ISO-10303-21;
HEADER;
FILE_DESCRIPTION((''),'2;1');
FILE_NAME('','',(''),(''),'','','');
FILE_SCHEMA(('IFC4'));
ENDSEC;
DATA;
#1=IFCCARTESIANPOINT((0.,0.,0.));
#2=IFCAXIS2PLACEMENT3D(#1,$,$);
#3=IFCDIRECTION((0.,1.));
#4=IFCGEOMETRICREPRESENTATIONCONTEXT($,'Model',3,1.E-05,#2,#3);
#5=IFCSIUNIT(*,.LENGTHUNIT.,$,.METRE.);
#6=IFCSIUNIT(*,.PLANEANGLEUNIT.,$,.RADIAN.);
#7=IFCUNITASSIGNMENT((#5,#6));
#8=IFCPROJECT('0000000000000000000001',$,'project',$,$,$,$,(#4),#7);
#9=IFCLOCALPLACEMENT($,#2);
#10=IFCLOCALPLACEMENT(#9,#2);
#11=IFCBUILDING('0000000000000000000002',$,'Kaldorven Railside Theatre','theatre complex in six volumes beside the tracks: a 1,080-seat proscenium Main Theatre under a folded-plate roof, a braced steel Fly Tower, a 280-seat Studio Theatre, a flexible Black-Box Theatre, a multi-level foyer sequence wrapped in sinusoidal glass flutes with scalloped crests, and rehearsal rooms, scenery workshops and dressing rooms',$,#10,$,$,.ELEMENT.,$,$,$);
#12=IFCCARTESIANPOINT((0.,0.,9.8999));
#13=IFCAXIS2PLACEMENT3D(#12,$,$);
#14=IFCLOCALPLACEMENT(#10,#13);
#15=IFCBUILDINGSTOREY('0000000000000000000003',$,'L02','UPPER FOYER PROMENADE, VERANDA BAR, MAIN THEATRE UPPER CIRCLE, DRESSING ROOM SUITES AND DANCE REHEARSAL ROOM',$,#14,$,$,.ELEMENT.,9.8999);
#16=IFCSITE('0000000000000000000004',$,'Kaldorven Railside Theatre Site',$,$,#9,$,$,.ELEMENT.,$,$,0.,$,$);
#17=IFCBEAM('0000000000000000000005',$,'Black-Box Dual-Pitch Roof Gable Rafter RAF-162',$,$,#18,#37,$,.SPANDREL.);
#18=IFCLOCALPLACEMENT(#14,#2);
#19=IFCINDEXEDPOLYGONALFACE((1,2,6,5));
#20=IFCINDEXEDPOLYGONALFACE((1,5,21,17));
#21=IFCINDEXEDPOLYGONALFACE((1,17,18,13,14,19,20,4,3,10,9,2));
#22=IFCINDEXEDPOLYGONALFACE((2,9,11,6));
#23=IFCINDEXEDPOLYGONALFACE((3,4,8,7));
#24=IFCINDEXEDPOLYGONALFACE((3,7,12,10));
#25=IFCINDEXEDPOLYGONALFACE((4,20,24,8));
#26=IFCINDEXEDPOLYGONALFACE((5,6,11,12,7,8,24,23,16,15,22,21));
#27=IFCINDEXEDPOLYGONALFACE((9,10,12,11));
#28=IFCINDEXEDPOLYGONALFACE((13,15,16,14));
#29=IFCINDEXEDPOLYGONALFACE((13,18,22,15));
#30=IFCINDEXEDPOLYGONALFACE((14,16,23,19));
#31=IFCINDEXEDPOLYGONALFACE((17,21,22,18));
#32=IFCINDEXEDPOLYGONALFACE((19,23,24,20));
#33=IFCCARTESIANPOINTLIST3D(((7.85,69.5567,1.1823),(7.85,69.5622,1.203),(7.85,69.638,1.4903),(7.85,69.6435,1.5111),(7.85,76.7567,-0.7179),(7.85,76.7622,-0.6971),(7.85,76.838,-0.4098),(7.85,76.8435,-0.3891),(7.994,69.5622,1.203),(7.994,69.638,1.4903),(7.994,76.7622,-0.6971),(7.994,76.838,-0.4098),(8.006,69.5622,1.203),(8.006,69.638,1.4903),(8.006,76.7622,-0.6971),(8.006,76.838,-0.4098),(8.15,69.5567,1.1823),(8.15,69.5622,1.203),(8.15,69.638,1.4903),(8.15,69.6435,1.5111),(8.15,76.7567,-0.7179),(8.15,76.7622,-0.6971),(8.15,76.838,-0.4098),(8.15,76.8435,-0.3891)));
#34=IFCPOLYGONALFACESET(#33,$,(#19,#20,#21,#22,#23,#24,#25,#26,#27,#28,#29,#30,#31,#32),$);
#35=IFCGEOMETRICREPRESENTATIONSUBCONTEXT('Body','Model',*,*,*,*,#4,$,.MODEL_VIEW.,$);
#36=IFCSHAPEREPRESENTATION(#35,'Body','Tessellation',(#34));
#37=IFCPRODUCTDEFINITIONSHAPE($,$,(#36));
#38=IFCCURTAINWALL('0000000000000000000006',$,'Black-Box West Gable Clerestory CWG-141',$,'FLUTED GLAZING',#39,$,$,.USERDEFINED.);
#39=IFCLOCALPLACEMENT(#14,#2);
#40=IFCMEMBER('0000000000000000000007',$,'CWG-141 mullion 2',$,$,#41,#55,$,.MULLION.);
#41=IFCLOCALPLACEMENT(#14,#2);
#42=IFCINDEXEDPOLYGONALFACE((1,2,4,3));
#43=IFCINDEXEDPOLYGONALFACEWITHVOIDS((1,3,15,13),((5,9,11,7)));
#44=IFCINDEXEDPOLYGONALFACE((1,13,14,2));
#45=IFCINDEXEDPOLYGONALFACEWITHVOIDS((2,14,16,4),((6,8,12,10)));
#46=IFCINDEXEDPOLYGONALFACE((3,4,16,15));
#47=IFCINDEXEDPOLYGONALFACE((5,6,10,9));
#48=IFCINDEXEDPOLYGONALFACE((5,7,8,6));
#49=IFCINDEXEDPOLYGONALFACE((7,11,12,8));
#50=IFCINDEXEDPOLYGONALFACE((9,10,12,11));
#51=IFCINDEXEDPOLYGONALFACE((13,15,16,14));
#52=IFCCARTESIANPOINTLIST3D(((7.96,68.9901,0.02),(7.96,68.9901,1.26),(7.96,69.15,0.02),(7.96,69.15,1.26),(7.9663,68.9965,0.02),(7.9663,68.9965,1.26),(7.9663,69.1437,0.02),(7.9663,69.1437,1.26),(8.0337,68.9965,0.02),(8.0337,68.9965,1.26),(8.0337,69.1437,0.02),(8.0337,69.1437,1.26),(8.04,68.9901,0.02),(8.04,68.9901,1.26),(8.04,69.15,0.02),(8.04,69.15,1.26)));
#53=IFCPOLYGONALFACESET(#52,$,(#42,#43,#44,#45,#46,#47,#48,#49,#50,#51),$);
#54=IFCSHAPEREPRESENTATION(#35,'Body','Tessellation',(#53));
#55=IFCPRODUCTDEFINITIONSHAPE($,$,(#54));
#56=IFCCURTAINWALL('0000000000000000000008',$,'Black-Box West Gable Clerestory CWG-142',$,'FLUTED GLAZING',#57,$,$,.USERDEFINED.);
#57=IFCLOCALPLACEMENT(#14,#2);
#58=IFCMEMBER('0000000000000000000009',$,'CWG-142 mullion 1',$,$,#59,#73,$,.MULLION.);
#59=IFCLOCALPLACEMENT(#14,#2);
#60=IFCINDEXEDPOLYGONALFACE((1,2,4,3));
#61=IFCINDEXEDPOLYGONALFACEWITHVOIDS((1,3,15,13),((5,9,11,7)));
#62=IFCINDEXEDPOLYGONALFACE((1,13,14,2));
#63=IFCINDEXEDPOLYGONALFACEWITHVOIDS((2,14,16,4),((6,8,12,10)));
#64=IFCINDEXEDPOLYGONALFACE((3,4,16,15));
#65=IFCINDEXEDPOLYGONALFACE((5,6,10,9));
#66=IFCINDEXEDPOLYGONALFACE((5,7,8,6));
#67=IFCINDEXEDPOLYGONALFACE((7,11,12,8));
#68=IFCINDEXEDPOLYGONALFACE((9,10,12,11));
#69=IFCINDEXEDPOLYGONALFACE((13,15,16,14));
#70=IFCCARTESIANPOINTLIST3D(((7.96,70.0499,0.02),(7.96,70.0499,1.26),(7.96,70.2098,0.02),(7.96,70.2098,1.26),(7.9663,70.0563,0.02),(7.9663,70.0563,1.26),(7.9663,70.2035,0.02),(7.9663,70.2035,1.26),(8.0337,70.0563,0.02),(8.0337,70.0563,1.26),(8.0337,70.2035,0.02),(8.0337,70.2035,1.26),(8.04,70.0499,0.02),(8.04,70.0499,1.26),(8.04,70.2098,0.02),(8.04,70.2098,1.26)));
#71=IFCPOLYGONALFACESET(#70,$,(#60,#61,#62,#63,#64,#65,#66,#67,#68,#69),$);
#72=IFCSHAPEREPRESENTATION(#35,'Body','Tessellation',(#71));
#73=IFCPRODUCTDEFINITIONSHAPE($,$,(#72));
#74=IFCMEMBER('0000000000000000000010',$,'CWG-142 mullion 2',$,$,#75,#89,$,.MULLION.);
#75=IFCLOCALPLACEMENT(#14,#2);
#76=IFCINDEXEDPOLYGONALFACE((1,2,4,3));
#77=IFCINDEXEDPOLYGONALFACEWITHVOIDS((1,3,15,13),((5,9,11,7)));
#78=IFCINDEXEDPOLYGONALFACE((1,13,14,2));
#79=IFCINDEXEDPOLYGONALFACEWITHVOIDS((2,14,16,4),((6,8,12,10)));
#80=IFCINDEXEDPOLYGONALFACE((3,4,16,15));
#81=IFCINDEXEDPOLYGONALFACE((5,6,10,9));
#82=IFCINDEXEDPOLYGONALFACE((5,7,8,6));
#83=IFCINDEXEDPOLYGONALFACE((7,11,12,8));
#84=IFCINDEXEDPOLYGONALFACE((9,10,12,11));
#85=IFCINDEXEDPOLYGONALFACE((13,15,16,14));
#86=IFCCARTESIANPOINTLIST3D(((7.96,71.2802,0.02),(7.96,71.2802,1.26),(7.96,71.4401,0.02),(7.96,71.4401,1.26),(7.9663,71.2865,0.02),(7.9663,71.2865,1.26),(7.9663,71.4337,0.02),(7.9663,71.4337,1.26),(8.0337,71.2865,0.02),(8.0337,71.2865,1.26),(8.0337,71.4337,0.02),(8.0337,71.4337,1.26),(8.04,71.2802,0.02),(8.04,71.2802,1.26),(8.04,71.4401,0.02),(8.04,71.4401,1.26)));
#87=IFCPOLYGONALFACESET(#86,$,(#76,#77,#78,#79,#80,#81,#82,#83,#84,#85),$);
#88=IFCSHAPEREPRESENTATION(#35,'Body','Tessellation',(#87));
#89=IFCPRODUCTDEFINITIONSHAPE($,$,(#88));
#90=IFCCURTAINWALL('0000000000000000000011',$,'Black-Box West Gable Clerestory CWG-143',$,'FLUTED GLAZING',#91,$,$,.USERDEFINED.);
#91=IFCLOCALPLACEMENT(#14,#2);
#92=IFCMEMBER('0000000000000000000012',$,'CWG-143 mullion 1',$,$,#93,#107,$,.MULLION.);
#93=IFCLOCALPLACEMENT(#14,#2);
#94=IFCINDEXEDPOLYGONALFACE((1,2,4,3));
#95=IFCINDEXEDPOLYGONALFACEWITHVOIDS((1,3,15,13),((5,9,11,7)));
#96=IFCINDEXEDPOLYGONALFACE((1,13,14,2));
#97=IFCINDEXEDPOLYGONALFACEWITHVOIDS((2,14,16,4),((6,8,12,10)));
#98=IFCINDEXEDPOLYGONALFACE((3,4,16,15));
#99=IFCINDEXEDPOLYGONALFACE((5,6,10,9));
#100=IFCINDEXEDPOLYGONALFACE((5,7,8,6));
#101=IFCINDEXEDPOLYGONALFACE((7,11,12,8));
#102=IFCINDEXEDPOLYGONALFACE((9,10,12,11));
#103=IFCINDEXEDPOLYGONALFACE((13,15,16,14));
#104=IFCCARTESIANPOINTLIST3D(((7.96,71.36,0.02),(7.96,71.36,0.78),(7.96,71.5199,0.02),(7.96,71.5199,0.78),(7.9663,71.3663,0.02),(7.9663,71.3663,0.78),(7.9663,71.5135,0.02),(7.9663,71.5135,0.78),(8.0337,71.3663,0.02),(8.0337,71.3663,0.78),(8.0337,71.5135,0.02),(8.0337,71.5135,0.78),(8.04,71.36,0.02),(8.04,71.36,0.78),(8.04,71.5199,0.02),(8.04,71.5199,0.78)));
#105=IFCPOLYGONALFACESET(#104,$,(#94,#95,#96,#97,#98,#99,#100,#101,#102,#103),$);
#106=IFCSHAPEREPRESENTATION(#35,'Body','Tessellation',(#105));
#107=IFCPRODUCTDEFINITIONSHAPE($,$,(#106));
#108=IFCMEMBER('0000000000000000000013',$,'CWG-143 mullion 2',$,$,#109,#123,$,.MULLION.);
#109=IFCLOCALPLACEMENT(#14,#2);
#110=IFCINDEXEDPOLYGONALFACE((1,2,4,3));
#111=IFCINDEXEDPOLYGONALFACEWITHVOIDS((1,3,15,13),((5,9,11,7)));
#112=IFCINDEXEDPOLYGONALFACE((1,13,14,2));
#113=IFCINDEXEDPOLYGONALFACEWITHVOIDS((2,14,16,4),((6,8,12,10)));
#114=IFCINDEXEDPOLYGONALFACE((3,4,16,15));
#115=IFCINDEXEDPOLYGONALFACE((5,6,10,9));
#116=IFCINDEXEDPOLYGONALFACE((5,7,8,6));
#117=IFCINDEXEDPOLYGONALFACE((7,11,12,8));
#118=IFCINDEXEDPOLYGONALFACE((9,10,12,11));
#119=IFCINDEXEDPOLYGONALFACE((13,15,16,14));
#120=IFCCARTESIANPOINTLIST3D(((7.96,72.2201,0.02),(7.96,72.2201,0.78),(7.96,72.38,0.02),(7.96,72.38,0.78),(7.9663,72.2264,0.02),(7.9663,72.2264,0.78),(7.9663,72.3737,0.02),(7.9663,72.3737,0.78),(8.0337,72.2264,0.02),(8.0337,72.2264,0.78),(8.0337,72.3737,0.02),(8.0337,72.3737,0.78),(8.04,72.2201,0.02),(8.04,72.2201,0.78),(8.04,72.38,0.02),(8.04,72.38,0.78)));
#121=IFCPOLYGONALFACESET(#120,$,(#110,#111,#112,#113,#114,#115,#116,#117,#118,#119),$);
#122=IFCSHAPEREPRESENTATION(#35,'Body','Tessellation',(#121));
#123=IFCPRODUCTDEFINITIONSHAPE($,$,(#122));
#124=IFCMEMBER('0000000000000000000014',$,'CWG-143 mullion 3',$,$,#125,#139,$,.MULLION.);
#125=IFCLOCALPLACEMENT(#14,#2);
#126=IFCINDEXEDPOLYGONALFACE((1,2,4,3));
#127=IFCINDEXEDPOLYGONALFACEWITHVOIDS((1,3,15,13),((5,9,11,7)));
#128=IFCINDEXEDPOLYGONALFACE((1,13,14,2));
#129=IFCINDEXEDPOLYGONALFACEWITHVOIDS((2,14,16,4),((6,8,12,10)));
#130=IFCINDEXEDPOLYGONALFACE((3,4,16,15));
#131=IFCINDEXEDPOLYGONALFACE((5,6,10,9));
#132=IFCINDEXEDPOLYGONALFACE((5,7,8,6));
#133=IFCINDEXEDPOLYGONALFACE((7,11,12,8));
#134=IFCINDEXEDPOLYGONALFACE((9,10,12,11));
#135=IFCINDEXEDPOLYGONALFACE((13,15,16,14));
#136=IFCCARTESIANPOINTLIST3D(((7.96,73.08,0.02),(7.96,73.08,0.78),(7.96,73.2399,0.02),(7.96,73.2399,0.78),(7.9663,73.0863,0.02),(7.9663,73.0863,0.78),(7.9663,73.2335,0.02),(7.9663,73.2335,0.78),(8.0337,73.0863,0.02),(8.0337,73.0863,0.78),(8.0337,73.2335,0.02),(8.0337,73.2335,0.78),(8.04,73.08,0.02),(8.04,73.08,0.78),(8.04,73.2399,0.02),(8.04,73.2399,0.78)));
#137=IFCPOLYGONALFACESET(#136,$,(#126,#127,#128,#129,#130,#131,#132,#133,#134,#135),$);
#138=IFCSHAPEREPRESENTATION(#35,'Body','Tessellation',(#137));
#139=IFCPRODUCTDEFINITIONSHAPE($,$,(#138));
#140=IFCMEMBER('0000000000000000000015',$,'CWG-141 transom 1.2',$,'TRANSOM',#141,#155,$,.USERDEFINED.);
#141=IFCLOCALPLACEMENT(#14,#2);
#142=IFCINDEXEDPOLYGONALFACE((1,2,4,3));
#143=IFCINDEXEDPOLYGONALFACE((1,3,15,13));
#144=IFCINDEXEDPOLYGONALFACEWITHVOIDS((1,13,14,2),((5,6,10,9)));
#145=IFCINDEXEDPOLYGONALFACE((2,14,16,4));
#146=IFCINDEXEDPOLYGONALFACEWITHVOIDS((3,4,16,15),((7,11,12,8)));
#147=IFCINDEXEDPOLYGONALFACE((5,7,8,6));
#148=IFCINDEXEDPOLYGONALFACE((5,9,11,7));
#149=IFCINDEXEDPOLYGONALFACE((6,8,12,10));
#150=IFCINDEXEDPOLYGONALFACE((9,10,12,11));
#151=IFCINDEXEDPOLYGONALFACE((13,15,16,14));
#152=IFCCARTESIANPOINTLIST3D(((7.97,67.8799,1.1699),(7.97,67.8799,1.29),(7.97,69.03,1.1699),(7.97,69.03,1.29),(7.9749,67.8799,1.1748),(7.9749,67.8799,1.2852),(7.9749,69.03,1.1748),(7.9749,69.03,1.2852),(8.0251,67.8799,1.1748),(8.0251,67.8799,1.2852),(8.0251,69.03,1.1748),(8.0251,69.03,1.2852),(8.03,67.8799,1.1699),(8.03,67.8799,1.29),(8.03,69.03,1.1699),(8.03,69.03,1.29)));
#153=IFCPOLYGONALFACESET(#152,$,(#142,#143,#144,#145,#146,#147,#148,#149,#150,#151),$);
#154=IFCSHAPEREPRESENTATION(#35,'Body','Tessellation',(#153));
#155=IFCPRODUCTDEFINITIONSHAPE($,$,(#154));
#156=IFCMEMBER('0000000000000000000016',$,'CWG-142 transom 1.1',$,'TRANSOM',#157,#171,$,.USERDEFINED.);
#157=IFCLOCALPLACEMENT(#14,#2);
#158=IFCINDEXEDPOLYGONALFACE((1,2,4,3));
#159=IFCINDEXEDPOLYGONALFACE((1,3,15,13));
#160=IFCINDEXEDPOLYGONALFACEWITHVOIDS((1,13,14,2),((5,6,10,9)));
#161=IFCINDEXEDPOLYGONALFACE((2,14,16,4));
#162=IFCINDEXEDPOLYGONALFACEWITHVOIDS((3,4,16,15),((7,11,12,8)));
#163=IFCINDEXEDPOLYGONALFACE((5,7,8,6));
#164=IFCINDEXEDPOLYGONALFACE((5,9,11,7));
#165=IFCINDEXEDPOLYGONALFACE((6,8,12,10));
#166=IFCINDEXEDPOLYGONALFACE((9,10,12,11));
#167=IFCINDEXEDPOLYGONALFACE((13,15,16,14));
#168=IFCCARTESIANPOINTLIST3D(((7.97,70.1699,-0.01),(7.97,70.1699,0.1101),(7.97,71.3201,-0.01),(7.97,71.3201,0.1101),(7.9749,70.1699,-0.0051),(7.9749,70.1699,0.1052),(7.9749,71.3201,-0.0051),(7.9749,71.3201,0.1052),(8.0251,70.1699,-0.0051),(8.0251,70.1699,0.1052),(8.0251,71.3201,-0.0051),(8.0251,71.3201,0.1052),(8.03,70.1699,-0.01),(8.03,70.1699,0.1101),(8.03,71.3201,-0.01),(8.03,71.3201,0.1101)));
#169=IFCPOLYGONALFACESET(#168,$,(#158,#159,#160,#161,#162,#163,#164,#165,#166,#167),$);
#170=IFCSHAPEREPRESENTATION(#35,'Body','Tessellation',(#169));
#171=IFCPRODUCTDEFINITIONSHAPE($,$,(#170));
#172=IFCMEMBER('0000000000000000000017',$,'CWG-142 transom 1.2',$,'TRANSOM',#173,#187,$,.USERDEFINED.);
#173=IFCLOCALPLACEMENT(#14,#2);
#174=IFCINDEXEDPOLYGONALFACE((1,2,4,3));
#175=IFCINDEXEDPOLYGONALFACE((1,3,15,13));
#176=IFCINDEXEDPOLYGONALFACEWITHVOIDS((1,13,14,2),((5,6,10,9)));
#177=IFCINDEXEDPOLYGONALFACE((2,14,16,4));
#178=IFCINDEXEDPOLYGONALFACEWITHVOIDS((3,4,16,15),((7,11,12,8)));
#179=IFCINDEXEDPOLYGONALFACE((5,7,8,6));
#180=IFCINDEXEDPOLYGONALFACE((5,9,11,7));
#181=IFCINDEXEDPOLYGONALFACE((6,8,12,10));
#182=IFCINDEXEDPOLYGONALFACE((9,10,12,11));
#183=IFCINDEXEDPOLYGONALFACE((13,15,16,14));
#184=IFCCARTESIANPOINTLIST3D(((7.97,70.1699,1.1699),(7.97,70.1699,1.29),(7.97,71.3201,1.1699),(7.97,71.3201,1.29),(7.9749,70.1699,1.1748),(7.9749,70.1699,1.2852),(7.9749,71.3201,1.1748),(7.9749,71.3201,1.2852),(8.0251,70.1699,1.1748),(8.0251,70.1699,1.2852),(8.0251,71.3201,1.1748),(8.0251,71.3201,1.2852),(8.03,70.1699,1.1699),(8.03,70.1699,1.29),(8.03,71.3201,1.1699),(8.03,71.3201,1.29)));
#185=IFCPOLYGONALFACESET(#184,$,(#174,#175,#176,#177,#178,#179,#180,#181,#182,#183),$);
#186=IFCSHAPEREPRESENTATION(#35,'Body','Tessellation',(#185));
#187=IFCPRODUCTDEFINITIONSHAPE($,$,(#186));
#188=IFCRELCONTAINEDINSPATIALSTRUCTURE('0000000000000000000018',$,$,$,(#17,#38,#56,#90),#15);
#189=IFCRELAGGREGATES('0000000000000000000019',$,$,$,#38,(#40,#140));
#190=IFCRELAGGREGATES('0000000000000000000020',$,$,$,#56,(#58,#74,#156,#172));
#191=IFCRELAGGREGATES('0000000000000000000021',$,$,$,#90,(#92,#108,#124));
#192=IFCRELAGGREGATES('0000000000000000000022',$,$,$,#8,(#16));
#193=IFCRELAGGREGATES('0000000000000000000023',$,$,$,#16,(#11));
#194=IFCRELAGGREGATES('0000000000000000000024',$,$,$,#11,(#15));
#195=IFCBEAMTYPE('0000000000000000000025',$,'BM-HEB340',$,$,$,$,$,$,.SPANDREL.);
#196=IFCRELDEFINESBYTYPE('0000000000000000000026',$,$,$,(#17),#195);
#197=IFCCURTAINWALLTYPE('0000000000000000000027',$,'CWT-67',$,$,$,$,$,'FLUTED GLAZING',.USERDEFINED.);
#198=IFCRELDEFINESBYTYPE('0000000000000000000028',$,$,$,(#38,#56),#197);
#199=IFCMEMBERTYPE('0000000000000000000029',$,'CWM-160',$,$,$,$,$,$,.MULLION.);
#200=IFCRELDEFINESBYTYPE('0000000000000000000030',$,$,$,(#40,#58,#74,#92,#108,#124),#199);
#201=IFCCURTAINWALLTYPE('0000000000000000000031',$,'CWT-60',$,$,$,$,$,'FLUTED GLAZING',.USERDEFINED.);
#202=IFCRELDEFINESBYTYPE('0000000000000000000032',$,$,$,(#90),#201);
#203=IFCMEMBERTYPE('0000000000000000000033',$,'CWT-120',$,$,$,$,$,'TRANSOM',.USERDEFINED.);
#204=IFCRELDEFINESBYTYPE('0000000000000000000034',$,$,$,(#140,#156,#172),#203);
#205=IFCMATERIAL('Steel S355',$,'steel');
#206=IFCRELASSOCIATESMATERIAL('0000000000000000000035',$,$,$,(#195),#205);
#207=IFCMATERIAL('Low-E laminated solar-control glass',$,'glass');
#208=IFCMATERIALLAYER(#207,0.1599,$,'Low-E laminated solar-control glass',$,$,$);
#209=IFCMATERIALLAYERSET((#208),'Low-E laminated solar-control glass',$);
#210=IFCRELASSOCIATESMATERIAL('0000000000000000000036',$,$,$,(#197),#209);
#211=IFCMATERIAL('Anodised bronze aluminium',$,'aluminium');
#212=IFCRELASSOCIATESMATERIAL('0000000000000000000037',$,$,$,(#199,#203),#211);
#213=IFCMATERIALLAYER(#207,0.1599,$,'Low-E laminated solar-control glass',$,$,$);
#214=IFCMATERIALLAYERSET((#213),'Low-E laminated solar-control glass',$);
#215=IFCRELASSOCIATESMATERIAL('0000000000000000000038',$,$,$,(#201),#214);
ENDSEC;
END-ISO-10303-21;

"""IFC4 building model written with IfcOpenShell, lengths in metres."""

from ifc_helpers import new_model, si_unit, direction, frame, origin, origin_2d, place, context, subcontext, project, spatial, hollow_rectangle, i_section, extrude, material, layer, layer_set, material_profile, profile_set, type_object, element, aggregate, save


model = new_model("IFC4")

# Units and contexts
model_context = context("Model", 3, precision=1e-05, world=origin(), true_north=direction((0.0, 1.0)))
body_context = subcontext(model_context, "Body", "Model", "MODEL_VIEW")
ifc_project = project(units=[si_unit("LENGTHUNIT", "METRE"), si_unit("PLANEANGLEUNIT", "RADIAN")], contexts=[model_context])

# Site, building, storey
site_placement = place(None, origin())
site = spatial("IfcSite", under=ifc_project, at=site_placement, Name="Kaldorven Railside Theatre Site", CompositionType="ELEMENT", RefElevation=0.0)
building_placement = place(site_placement, origin())
building = spatial("IfcBuilding", under=site, at=building_placement, Name="Kaldorven Railside Theatre", Description="theatre complex in six volumes beside the tracks: a 1,080-seat proscenium Main Theatre under a folded-plate roof, a braced steel Fly Tower, a 280-seat Studio Theatre, a flexible Black-Box Theatre, a multi-level foyer sequence wrapped in sinusoidal glass flutes with scalloped crests, and rehearsal rooms, scenery workshops and dressing rooms", CompositionType="ELEMENT")
storey_placement = place(building_placement, frame((0.0, 0.0, 9.8999)))
storey = spatial("IfcBuildingStorey", under=building, at=storey_placement, Name="L02", Description="UPPER FOYER PROMENADE, VERANDA BAR, MAIN THEATRE UPPER CIRCLE, DRESSING ROOM SUITES AND DANCE REHEARSAL ROOM", CompositionType="ELEMENT", Elevation=9.8999)

# Beam
ifc_material_1 = material(Name="Steel S355", Category="steel")
ifc_material_profile_1 = material_profile(ifc_material_1, i_section(OverallWidth=0.3, OverallDepth=0.3401, WebThickness=0.012, FlangeThickness=0.0215, at=origin_2d()), Name="HEB 340")
ifc_profile_set_1 = profile_set([ifc_material_profile_1], Name="Steel S355")
beam_type = type_object("IfcBeamType", Name="BM-HEB340", PredefinedType="SPANDREL", material=ifc_profile_set_1)
beam_placement = place(storey_placement, frame((8.0, 69.6001, 1.3467), z_axis=(0.0, 0.966895, -0.255174), x_axis=(-1.0, 0.0, 0.0)))
element("IfcBeam", 1, at=beam_placement, inside=storey, type_object=beam_type, Name="Black-Box Dual-Pitch Roof Gable Rafter RAF-162", PredefinedType="SPANDREL", context=body_context, shape_type="SweptSolid", body=[
    extrude(i_section(OverallWidth=0.3, OverallDepth=0.3401, WebThickness=0.012, FlangeThickness=0.0215, at=origin_2d()), origin(), (0.0, 0.0, 1.0), 7.4465),
])

# Curtain wall, member
ifc_material_2 = material(Name="Low-E laminated solar-control glass", Category="glass")
ifc_layer_1 = layer(ifc_material_2, 0.1599, Name="Low-E laminated solar-control glass")
ifc_layer_set_1 = layer_set([ifc_layer_1], Name="Low-E laminated solar-control glass")
curtain_wall_type_1 = type_object("IfcCurtainWallType", Name="CWT-67", ElementType="FLUTED GLAZING", PredefinedType="USERDEFINED", material=ifc_layer_set_1)
curtain_wall_1_placement = place(storey_placement, origin())
curtain_wall_1 = element("IfcCurtainWall", 2, at=curtain_wall_1_placement, inside=storey, type_object=curtain_wall_type_1, Name="Black-Box West Gable Clerestory CWG-141", ObjectType="FLUTED GLAZING", PredefinedType="USERDEFINED")
ifc_material_3 = material(Name="Anodised bronze aluminium", Category="aluminium")
ifc_material_profile_2 = material_profile(ifc_material_3, hollow_rectangle(XDim=0.0801, YDim=0.1599, WallThickness=0.0063, at=origin_2d()), Name="RHS 160x80x6.3")
ifc_profile_set_2 = profile_set([ifc_material_profile_2], Name="Anodised bronze aluminium")
member_type_1 = type_object("IfcMemberType", Name="CWM-160", PredefinedType="MULLION", material=ifc_profile_set_2)
member_1_placement = place(storey_placement, frame((8.0, 69.0701, 0.02), z_axis=(0.0, 0.0, 1.0), x_axis=(-1.0, 0.0, 0.0)))
member_1 = element("IfcMember", 3, at=member_1_placement, type_object=member_type_1, Name="CWG-141 mullion 2", PredefinedType="MULLION", context=body_context, shape_type="SweptSolid", body=[
    extrude(hollow_rectangle(XDim=0.0801, YDim=0.1599, WallThickness=0.0063, at=origin_2d()), origin(), (0.0, 0.0, 1.0), 1.24),
])

# Curtain walls, members
curtain_wall_2_placement = place(storey_placement, origin())
curtain_wall_2 = element("IfcCurtainWall", 4, at=curtain_wall_2_placement, inside=storey, type_object=curtain_wall_type_1, Name="Black-Box West Gable Clerestory CWG-142", ObjectType="FLUTED GLAZING", PredefinedType="USERDEFINED")
member_2_placement = place(storey_placement, frame((8.0, 70.1299, 0.02), z_axis=(0.0, 0.0, 1.0), x_axis=(-1.0, 0.0, 0.0)))
member_2 = element("IfcMember", 5, at=member_2_placement, type_object=member_type_1, Name="CWG-142 mullion 1", PredefinedType="MULLION", context=body_context, shape_type="SweptSolid", body=[
    extrude(hollow_rectangle(XDim=0.0801, YDim=0.1599, WallThickness=0.0063, at=origin_2d()), origin(), (0.0, 0.0, 1.0), 1.24),
])
member_3_placement = place(storey_placement, frame((8.0, 71.3601, 0.02), z_axis=(0.0, 0.0, 1.0), x_axis=(-1.0, 0.0, 0.0)))
member_3 = element("IfcMember", 6, at=member_3_placement, type_object=member_type_1, Name="CWG-142 mullion 2", PredefinedType="MULLION", context=body_context, shape_type="SweptSolid", body=[
    extrude(hollow_rectangle(XDim=0.0801, YDim=0.1599, WallThickness=0.0063, at=origin_2d()), origin(), (0.0, 0.0, 1.0), 1.24),
])
ifc_layer_2 = layer(ifc_material_2, 0.1599, Name="Low-E laminated solar-control glass")
ifc_layer_set_2 = layer_set([ifc_layer_2], Name="Low-E laminated solar-control glass")
curtain_wall_type_2 = type_object("IfcCurtainWallType", Name="CWT-60", ElementType="FLUTED GLAZING", PredefinedType="USERDEFINED", material=ifc_layer_set_2)
curtain_wall_3_placement = place(storey_placement, origin())
curtain_wall_3 = element("IfcCurtainWall", 7, at=curtain_wall_3_placement, inside=storey, type_object=curtain_wall_type_2, Name="Black-Box West Gable Clerestory CWG-143", ObjectType="FLUTED GLAZING", PredefinedType="USERDEFINED")
member_4_placement = place(storey_placement, frame((8.0, 71.4399, 0.02), z_axis=(0.0, 0.0, 1.0), x_axis=(-1.0, 0.0, 0.0)))
member_4 = element("IfcMember", 8, at=member_4_placement, type_object=member_type_1, Name="CWG-143 mullion 1", PredefinedType="MULLION", context=body_context, shape_type="SweptSolid", body=[
    extrude(hollow_rectangle(XDim=0.0801, YDim=0.1599, WallThickness=0.0063, at=origin_2d()), origin(), (0.0, 0.0, 1.0), 0.76),
])
member_5_placement = place(storey_placement, frame((8.0, 72.3, 0.02), z_axis=(0.0, 0.0, 1.0), x_axis=(-1.0, 0.0, 0.0)))
member_5 = element("IfcMember", 9, at=member_5_placement, type_object=member_type_1, Name="CWG-143 mullion 2", PredefinedType="MULLION", context=body_context, shape_type="SweptSolid", body=[
    extrude(hollow_rectangle(XDim=0.0801, YDim=0.1599, WallThickness=0.0063, at=origin_2d()), origin(), (0.0, 0.0, 1.0), 0.76),
])
member_6_placement = place(storey_placement, frame((8.0, 73.1599, 0.02), z_axis=(0.0, 0.0, 1.0), x_axis=(-1.0, 0.0, 0.0)))
member_6 = element("IfcMember", 10, at=member_6_placement, type_object=member_type_1, Name="CWG-143 mullion 3", PredefinedType="MULLION", context=body_context, shape_type="SweptSolid", body=[
    extrude(hollow_rectangle(XDim=0.0801, YDim=0.1599, WallThickness=0.0063, at=origin_2d()), origin(), (0.0, 0.0, 1.0), 0.76),
])

# Members
ifc_material_profile_3 = material_profile(ifc_material_3, hollow_rectangle(XDim=0.0601, YDim=0.1201, WallThickness=0.0049, at=origin_2d()), Name="RHS 120x60x5")
ifc_profile_set_3 = profile_set([ifc_material_profile_3], Name="Anodised bronze aluminium")
member_type_2 = type_object("IfcMemberType", Name="CWT-120", ElementType="TRANSOM", PredefinedType="USERDEFINED", material=ifc_profile_set_3)
member_7_placement = place(storey_placement, frame((8.0, 67.8799, 1.23), z_axis=(0.0, 1.0, 0.0), x_axis=(-1.0, 0.0, 0.0)))
member_7 = element("IfcMember", 11, at=member_7_placement, type_object=member_type_2, Name="CWG-141 transom 1.2", ObjectType="TRANSOM", PredefinedType="USERDEFINED", context=body_context, shape_type="SweptSolid", body=[
    extrude(hollow_rectangle(XDim=0.0601, YDim=0.1201, WallThickness=0.0049, at=origin_2d()), origin(), (0.0, 0.0, 1.0), 1.1501),
])
member_8_placement = place(storey_placement, frame((8.0, 70.1699, 0.05), z_axis=(0.0, 1.0, 0.0), x_axis=(-1.0, 0.0, 0.0)))
member_8 = element("IfcMember", 12, at=member_8_placement, type_object=member_type_2, Name="CWG-142 transom 1.1", ObjectType="TRANSOM", PredefinedType="USERDEFINED", context=body_context, shape_type="SweptSolid", body=[
    extrude(hollow_rectangle(XDim=0.0601, YDim=0.1201, WallThickness=0.0049, at=origin_2d()), origin(), (0.0, 0.0, 1.0), 1.1501),
])
member_9_placement = place(storey_placement, frame((8.0, 70.1699, 1.23), z_axis=(0.0, 1.0, 0.0), x_axis=(-1.0, 0.0, 0.0)))
member_9 = element("IfcMember", 13, at=member_9_placement, type_object=member_type_2, Name="CWG-142 transom 1.2", ObjectType="TRANSOM", PredefinedType="USERDEFINED", context=body_context, shape_type="SweptSolid", body=[
    extrude(hollow_rectangle(XDim=0.0601, YDim=0.1201, WallThickness=0.0049, at=origin_2d()), origin(), (0.0, 0.0, 1.0), 1.1501),
])

aggregate(curtain_wall_1, [member_1, member_7])
aggregate(curtain_wall_2, [member_2, member_3, member_8, member_9])
aggregate(curtain_wall_3, [member_4, member_5, member_6])

save(model, "model.ifc")
